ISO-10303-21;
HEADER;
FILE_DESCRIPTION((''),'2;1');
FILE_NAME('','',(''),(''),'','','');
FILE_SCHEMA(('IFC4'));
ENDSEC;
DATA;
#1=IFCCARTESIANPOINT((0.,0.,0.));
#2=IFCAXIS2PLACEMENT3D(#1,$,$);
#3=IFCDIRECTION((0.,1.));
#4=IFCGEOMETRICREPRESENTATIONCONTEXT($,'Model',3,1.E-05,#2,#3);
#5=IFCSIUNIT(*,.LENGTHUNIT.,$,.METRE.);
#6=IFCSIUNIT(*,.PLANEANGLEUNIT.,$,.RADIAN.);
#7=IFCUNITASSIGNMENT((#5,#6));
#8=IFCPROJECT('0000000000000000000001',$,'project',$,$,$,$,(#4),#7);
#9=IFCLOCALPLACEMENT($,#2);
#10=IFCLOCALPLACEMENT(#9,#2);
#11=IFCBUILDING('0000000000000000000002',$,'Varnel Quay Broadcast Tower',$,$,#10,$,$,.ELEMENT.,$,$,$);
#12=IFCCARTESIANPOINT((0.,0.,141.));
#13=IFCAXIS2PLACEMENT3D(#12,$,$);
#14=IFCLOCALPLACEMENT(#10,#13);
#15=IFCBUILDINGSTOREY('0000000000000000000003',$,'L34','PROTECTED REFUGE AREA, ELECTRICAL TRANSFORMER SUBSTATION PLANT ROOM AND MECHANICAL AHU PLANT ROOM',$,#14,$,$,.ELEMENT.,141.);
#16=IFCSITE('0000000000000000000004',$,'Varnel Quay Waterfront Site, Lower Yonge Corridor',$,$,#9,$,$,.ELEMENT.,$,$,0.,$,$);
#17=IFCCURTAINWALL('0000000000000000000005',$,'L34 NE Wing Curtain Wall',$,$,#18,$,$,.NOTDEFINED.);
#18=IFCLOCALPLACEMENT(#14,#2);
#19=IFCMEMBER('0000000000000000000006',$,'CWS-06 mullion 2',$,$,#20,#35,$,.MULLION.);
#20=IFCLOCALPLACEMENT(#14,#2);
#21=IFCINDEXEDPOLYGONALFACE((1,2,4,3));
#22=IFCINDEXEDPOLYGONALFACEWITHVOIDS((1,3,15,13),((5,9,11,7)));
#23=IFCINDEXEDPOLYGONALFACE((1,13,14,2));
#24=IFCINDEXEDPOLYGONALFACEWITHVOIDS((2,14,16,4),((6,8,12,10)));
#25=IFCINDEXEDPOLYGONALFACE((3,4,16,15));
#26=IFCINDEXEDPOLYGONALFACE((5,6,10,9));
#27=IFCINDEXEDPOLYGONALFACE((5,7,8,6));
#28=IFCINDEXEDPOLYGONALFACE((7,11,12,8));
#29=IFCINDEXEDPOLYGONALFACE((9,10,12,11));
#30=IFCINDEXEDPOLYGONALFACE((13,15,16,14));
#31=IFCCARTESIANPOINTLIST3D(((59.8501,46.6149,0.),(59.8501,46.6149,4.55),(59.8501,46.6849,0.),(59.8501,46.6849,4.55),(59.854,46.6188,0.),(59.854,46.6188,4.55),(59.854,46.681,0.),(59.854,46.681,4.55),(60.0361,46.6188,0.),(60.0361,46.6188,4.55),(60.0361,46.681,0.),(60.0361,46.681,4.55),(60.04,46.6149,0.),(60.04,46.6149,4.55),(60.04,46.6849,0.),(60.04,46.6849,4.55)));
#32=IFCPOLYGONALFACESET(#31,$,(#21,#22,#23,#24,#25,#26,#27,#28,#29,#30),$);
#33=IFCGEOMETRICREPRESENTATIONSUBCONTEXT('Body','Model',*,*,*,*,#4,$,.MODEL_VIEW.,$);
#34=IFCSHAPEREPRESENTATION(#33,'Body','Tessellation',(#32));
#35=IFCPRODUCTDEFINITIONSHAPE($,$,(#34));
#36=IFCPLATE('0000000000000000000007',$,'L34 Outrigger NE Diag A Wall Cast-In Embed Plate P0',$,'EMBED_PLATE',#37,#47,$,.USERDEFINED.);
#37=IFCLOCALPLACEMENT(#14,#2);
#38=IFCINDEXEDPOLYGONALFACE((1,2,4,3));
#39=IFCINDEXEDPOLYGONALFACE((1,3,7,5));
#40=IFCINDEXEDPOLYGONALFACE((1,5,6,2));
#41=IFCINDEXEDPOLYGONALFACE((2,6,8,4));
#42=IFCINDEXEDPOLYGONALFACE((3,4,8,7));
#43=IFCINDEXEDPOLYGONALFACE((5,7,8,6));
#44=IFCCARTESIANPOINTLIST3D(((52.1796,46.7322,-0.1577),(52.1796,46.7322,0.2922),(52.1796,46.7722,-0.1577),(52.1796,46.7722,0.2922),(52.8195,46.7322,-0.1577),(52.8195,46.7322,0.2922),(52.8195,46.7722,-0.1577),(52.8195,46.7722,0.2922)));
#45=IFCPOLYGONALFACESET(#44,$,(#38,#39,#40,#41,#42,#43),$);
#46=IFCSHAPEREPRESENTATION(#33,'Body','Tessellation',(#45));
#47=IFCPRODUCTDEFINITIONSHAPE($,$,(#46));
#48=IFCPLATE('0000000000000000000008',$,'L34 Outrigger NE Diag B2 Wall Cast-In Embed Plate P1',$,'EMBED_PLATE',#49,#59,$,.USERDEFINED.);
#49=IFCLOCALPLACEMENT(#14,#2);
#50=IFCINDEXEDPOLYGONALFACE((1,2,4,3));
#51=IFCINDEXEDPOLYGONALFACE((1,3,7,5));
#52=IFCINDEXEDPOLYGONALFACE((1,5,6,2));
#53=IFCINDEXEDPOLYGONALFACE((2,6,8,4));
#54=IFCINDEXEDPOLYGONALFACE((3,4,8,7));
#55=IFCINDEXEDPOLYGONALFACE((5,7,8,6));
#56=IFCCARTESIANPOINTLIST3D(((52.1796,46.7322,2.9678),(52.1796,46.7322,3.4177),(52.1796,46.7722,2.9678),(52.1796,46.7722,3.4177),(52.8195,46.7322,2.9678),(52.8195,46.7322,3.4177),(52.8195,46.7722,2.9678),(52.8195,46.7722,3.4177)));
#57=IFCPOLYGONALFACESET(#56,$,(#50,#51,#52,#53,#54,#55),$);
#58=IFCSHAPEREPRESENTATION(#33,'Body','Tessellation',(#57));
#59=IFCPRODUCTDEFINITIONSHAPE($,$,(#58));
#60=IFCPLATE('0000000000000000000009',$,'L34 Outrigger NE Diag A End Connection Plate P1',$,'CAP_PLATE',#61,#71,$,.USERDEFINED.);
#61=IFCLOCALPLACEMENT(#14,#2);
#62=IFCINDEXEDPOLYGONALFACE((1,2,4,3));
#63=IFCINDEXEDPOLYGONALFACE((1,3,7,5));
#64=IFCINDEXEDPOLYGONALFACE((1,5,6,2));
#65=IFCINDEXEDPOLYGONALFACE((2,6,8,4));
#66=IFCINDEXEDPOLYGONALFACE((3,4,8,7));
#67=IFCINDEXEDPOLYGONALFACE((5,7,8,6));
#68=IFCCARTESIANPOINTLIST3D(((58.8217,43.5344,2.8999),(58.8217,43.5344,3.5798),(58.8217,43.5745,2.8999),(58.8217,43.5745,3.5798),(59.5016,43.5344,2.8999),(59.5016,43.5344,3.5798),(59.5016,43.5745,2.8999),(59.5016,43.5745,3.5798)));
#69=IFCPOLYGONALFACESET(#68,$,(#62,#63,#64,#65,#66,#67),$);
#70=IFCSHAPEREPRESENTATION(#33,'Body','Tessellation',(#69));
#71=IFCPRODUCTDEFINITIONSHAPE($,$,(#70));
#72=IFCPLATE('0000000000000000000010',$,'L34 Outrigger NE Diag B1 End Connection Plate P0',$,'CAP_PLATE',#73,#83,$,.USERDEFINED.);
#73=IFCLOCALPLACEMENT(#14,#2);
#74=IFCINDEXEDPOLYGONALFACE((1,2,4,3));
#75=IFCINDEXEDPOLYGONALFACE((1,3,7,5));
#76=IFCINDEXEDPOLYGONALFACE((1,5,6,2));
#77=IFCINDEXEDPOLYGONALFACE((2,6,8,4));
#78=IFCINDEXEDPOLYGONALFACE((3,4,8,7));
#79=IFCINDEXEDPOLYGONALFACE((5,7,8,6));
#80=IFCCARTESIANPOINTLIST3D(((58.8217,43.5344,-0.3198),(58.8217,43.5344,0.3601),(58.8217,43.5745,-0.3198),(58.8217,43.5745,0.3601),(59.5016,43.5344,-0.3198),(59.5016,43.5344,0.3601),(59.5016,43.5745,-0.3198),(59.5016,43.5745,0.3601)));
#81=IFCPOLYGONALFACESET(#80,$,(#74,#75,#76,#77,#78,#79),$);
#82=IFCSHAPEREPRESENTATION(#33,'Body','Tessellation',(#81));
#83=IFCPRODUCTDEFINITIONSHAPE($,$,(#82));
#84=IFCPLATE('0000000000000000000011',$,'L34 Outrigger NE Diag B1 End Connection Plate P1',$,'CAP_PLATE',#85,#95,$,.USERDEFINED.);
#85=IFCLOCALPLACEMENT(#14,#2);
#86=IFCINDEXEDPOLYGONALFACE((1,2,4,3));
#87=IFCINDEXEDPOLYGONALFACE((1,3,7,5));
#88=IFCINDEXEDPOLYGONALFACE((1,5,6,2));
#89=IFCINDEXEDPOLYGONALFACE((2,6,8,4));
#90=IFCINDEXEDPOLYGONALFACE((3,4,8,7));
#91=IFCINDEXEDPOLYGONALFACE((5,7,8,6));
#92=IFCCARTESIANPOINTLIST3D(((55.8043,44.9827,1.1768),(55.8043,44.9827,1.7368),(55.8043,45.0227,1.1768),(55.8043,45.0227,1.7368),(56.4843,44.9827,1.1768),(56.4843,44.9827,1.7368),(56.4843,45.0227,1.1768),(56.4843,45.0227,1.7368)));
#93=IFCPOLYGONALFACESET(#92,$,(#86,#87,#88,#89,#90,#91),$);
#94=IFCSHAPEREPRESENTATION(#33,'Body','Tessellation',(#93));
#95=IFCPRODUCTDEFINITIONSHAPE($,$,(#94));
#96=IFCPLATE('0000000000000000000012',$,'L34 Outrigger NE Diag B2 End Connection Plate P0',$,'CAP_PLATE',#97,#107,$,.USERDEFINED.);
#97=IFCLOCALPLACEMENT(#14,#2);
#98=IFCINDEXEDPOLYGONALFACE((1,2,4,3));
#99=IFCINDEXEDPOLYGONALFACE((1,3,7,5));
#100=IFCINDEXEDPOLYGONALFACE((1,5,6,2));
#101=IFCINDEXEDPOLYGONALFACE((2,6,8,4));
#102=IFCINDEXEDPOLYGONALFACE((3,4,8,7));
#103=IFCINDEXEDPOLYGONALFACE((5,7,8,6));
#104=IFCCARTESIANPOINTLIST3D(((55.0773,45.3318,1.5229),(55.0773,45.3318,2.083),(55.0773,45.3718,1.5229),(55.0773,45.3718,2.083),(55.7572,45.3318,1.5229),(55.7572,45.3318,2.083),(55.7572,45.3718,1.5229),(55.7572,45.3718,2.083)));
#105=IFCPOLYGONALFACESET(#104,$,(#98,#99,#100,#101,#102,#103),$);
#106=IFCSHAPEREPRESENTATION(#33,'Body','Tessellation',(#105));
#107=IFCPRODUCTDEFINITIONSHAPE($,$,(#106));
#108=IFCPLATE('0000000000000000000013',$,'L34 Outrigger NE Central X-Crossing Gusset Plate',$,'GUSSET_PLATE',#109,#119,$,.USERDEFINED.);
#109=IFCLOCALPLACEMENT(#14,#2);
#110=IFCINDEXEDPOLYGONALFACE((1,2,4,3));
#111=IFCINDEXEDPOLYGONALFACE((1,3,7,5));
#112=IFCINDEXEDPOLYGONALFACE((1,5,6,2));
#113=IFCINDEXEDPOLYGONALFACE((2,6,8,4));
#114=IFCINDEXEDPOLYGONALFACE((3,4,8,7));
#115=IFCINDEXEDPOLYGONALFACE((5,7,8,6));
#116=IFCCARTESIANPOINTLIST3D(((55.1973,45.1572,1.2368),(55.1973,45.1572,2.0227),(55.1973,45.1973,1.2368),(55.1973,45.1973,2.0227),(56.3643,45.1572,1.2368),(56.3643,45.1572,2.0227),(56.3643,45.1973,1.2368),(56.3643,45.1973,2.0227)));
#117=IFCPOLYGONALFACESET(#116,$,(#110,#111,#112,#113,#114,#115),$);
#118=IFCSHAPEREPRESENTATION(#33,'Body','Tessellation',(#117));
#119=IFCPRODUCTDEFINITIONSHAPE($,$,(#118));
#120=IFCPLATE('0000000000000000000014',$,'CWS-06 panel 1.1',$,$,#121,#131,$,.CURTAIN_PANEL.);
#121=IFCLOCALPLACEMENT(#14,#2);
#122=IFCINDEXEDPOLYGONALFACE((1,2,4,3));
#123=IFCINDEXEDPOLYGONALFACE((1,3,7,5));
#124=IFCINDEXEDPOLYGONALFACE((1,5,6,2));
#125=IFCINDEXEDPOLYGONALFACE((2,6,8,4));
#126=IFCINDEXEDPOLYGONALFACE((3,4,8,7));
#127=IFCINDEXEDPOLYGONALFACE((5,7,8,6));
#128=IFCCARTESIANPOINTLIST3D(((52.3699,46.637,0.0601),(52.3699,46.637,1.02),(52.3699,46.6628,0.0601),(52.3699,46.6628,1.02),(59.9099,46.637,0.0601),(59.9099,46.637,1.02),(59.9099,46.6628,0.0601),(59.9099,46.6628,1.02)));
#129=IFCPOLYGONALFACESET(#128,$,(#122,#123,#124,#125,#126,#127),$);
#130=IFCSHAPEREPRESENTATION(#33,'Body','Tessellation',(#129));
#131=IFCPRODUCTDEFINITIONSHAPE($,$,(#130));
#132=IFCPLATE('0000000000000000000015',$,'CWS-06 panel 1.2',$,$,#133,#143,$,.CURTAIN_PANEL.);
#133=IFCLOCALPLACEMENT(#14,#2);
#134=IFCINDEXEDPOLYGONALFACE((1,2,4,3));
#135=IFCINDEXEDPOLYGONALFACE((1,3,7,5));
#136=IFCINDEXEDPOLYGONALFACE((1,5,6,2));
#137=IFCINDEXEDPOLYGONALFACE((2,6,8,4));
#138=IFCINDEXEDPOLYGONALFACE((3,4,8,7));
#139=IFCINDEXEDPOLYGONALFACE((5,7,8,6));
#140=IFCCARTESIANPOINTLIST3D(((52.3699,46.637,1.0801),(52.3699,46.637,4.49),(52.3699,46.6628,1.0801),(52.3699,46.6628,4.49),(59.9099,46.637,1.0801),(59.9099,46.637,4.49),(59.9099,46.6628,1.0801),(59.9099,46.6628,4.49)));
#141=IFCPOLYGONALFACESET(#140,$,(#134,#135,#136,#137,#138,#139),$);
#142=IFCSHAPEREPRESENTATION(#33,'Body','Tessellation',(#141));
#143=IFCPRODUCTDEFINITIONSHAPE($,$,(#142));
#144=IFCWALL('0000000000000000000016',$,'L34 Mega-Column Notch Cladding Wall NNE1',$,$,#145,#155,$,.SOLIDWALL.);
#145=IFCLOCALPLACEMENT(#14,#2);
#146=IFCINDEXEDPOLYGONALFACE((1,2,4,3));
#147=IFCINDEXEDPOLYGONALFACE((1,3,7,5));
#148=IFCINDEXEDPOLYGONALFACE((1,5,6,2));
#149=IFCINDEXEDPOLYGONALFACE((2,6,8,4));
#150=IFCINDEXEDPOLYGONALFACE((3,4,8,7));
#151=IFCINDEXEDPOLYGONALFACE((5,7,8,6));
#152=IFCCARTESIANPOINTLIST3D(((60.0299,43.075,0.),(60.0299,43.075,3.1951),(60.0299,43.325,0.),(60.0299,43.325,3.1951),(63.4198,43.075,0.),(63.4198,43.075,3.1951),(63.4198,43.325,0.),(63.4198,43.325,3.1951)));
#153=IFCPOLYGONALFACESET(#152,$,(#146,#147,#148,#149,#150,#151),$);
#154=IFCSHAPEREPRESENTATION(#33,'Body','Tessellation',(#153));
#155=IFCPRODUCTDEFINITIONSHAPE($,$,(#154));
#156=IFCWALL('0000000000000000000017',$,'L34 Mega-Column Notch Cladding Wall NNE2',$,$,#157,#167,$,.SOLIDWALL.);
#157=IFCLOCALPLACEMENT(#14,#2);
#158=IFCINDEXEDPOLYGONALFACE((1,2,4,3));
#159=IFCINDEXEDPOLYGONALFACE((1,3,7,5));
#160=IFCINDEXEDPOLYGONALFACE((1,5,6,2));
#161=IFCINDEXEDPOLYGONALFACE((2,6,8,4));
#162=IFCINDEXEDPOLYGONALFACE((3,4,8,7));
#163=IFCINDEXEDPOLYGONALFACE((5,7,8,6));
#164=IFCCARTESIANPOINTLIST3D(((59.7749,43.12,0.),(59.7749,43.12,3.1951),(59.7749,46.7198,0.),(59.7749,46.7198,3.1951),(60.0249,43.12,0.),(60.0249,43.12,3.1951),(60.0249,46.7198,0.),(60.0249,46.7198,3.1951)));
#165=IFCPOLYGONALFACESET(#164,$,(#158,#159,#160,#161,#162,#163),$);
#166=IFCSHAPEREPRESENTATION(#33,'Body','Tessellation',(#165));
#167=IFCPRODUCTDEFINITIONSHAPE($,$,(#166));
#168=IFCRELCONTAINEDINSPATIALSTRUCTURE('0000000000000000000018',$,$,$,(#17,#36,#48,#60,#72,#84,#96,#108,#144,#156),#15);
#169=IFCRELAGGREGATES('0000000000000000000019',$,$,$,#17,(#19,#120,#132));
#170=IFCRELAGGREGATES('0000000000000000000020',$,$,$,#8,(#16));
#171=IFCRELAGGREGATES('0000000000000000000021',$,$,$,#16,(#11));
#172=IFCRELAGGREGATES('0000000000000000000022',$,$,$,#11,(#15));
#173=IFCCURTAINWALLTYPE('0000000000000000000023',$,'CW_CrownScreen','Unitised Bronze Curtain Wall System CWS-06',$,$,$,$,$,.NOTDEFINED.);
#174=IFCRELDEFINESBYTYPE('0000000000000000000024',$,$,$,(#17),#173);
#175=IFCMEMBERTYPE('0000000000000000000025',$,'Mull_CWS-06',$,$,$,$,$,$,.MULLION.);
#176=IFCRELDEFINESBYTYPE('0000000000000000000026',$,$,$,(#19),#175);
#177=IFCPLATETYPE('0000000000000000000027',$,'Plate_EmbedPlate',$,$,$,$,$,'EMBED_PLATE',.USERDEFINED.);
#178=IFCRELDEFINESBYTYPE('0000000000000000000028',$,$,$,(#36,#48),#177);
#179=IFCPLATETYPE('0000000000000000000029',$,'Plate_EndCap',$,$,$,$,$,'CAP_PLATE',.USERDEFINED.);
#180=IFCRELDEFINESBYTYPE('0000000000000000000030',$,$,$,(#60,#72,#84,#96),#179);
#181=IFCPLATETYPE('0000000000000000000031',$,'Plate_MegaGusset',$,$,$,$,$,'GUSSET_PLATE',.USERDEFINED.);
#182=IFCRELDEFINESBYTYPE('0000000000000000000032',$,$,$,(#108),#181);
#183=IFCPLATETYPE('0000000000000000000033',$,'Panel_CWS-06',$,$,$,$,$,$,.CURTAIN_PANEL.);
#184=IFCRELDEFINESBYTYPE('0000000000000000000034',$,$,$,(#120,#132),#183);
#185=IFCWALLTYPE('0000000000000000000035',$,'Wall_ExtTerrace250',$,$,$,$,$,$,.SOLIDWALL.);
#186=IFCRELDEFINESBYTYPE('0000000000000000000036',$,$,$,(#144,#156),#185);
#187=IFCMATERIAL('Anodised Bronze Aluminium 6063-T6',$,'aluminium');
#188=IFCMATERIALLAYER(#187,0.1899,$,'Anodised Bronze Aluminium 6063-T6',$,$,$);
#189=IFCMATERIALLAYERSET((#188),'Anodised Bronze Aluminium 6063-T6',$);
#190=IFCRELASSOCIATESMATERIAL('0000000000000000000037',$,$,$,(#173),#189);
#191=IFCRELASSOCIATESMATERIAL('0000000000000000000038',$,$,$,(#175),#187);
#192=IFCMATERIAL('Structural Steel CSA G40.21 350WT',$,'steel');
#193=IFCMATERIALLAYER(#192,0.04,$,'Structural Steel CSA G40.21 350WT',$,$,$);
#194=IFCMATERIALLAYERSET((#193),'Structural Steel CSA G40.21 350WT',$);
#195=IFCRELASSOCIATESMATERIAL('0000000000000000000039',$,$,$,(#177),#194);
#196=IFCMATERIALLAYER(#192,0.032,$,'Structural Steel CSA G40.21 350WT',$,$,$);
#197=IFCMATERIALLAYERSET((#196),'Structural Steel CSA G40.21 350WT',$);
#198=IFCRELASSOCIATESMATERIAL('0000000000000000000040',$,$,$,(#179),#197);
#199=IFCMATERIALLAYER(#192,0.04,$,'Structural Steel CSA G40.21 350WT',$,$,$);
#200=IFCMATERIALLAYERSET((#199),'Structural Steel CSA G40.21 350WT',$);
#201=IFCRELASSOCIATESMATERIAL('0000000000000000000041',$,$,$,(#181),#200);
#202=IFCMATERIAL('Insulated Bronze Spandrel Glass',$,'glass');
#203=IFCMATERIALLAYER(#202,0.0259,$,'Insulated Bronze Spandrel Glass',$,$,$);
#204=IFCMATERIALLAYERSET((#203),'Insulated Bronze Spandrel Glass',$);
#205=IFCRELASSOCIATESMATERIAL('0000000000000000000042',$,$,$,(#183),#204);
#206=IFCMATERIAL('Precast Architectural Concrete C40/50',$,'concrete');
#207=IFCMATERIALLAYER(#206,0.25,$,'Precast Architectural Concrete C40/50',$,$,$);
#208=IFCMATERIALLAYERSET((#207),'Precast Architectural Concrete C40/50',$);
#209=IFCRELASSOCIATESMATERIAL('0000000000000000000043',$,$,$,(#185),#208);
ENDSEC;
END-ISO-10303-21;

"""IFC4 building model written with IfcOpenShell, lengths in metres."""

from ifc_helpers import new_model, si_unit, direction, frame, frame_2d, origin, origin_2d, place, context, subcontext, project, spatial, rectangle, hollow_rectangle, extrude, source, transform, mapped, material, layer, layer_set, material_profile, profile_set, type_object, type_shapes, element, aggregate, save


model = new_model("IFC4")

# Units and contexts
model_context = context("Model", 3, precision=1e-05, world=origin(), true_north=direction((0.0, 1.0)))
body_context = subcontext(model_context, "Body", "Model", "MODEL_VIEW")
ifc_project = project(units=[si_unit("LENGTHUNIT", "METRE"), si_unit("PLANEANGLEUNIT", "RADIAN")], contexts=[model_context])

# Site, building, storey
site_placement = place(None, origin())
site = spatial("IfcSite", under=ifc_project, at=site_placement, Name="Varnel Quay Waterfront Site, Lower Yonge Corridor", CompositionType="ELEMENT", RefElevation=0.0)
building_placement = place(site_placement, origin())
building = spatial("IfcBuilding", under=site, at=building_placement, Name="Varnel Quay Broadcast Tower", CompositionType="ELEMENT")
storey_placement = place(building_placement, frame((0.0, 0.0, 141.0)))
storey = spatial("IfcBuildingStorey", under=building, at=storey_placement, Name="L34", Description="PROTECTED REFUGE AREA, ELECTRICAL TRANSFORMER SUBSTATION PLANT ROOM AND MECHANICAL AHU PLANT ROOM", CompositionType="ELEMENT", Elevation=141.0)

# Shared definitions
ifc_material_1 = material(Name="Structural Steel CSA G40.21 350WT", Category="steel")

# Curtain wall, member
ifc_material_2 = material(Name="Anodised Bronze Aluminium 6063-T6", Category="aluminium")
ifc_layer_1 = layer(ifc_material_2, 0.1899, Name="Anodised Bronze Aluminium 6063-T6")
ifc_layer_set_1 = layer_set([ifc_layer_1], Name="Anodised Bronze Aluminium 6063-T6")
curtain_wall_type_1 = type_object("IfcCurtainWallType", Name="CW_CrownScreen", Description="Unitised Bronze Curtain Wall System CWS-06", PredefinedType="NOTDEFINED", material=ifc_layer_set_1)
curtain_wall_1_placement = place(storey_placement, origin())
curtain_wall_1 = element("IfcCurtainWall", 1, at=curtain_wall_1_placement, inside=storey, type_object=curtain_wall_type_1, Name="L34 NE Wing Curtain Wall", PredefinedType="NOTDEFINED")
ifc_material_profile_1 = material_profile(ifc_material_2, hollow_rectangle(XDim=0.0701, YDim=0.1899, WallThickness=0.0039, at=origin_2d()), Name="ALU70X190X4")
ifc_profile_set_1 = profile_set([ifc_material_profile_1], Name="Anodised Bronze Aluminium 6063-T6")
member_type_1 = type_object("IfcMemberType", Name="Mull_CWS-06", PredefinedType="MULLION", material=ifc_profile_set_1)
shared_shape_1 = source(origin(), body_context, "Body", "SweptSolid", [
    extrude(hollow_rectangle(XDim=0.0701, YDim=0.1899, WallThickness=0.0039, at=origin_2d()), origin(), (0.0, 0.0, 1.0), 4.55),
])
type_shapes(member_type_1, [shared_shape_1])
member_1_placement = place(storey_placement, frame((59.9451, 46.6499, 0.0), z_axis=(0.0, 0.0, 1.0), x_axis=(0.0, 1.0, 0.0)))
member_1 = element("IfcMember", 2, at=member_1_placement, type_object=member_type_1, Name="CWS-06 mullion 2", PredefinedType="MULLION", context=body_context, shape_type="MappedRepresentation", body=[
    mapped(shared_shape_1, transform((0.0, 0.0, 0.0), x_axis=(1.0, 0.0, 0.0), y_axis=(0.0, 1.0, 0.0), z_axis=(0.0, 0.0, 1.0), scale=1.0)),
])

# Plates
ifc_layer_2 = layer(ifc_material_1, 0.04, Name="Structural Steel CSA G40.21 350WT")
ifc_layer_set_2 = layer_set([ifc_layer_2], Name="Structural Steel CSA G40.21 350WT")
plate_type_1 = type_object("IfcPlateType", Name="Plate_EmbedPlate", ElementType="EMBED_PLATE", PredefinedType="USERDEFINED", material=ifc_layer_set_2)
shared_shape_2 = source(origin(), body_context, "Body", "SweptSolid", [
    extrude(rectangle(XDim=0.6399, YDim=0.04, at=origin_2d()), origin(), (0.0, 0.0, 1.0), 0.45),
])
type_shapes(plate_type_1, [shared_shape_2])
for number, where, z_axis, x_axis, name in (
    (3, (52.4995, 46.7522, -0.1577), (0.0, 0.0, 1.0), (1.0, 0.0, 0.0), "L34 Outrigger NE Diag A Wall Cast-In Embed Plate P0"),
    (4, (52.4995, 46.7522, 2.9678), (0.0, 0.0, 1.0), (1.0, 0.0, 0.0), "L34 Outrigger NE Diag B2 Wall Cast-In Embed Plate P1"),
):
    element("IfcPlate", number, at=place(storey_placement, frame(where, z_axis=z_axis, x_axis=x_axis)), inside=storey, type_object=plate_type_1, Name=name, ObjectType="EMBED_PLATE", PredefinedType="USERDEFINED", context=body_context, shape_type="MappedRepresentation", body=[
        mapped(shared_shape_2, transform((0.0, 0.0, 0.0), x_axis=(1.0, 0.0, 0.0), y_axis=(0.0, 1.0, 0.0), z_axis=(0.0, 0.0, 1.0), scale=1.0)),
    ])
ifc_layer_3 = layer(ifc_material_1, 0.032, Name="Structural Steel CSA G40.21 350WT")
ifc_layer_set_3 = layer_set([ifc_layer_3], Name="Structural Steel CSA G40.21 350WT")
plate_type_2 = type_object("IfcPlateType", Name="Plate_EndCap", ElementType="CAP_PLATE", PredefinedType="USERDEFINED", material=ifc_layer_set_3)
shared_shape_3 = source(origin(), body_context, "Body", "SweptSolid", [
    extrude(rectangle(XDim=0.6799, YDim=0.04, at=origin_2d()), origin(), (0.0, 0.0, 1.0), 0.6799),
])
for number, where, z_axis, x_axis, name in (
    (5, (59.1616, 43.5544, 2.8999), (0.0, 0.0, 1.0), (1.0, 0.0, 0.0), "L34 Outrigger NE Diag A End Connection Plate P1"),
    (6, (59.1616, 43.5544, -0.3198), (0.0, 0.0, 1.0), (1.0, 0.0, 0.0), "L34 Outrigger NE Diag B1 End Connection Plate P0"),
):
    element("IfcPlate", number, at=place(storey_placement, frame(where, z_axis=z_axis, x_axis=x_axis)), inside=storey, type_object=plate_type_2, Name=name, ObjectType="CAP_PLATE", PredefinedType="USERDEFINED", context=body_context, shape_type="MappedRepresentation", body=[
        mapped(shared_shape_3, transform((0.0, 0.0, 0.0), x_axis=(1.0, 0.0, 0.0), y_axis=(0.0, 1.0, 0.0), z_axis=(0.0, 0.0, 1.0), scale=1.0)),
    ])
shared_shape_4 = source(origin(), body_context, "Body", "SweptSolid", [
    extrude(rectangle(XDim=0.6799, YDim=0.04, at=origin_2d()), origin(), (0.0, 0.0, 1.0), 0.5601),
])
type_shapes(plate_type_2, [shared_shape_3, shared_shape_4])
for number, where, z_axis, x_axis, name in (
    (7, (56.1443, 45.0027, 1.1768), (0.0, 0.0, 1.0), (1.0, 0.0, 0.0), "L34 Outrigger NE Diag B1 End Connection Plate P1"),
    (8, (55.4172, 45.3518, 1.5229), (0.0, 0.0, 1.0), (1.0, 0.0, 0.0), "L34 Outrigger NE Diag B2 End Connection Plate P0"),
):
    element("IfcPlate", number, at=place(storey_placement, frame(where, z_axis=z_axis, x_axis=x_axis)), inside=storey, type_object=plate_type_2, Name=name, ObjectType="CAP_PLATE", PredefinedType="USERDEFINED", context=body_context, shape_type="MappedRepresentation", body=[
        mapped(shared_shape_4, transform((0.0, 0.0, 0.0), x_axis=(1.0, 0.0, 0.0), y_axis=(0.0, 1.0, 0.0), z_axis=(0.0, 0.0, 1.0), scale=1.0)),
    ])
ifc_layer_4 = layer(ifc_material_1, 0.04, Name="Structural Steel CSA G40.21 350WT")
ifc_layer_set_4 = layer_set([ifc_layer_4], Name="Structural Steel CSA G40.21 350WT")
plate_type_3 = type_object("IfcPlateType", Name="Plate_MegaGusset", ElementType="GUSSET_PLATE", PredefinedType="USERDEFINED", material=ifc_layer_set_4)
shared_shape_5 = source(origin(), body_context, "Body", "SweptSolid", [
    extrude(rectangle(XDim=1.167, YDim=0.04, at=origin_2d()), origin(), (0.0, 0.0, 1.0), 0.7859),
])
type_shapes(plate_type_3, [shared_shape_5])
plate_1_placement = place(storey_placement, frame((55.7808, 45.1772, 1.2368), z_axis=(0.0, 0.0, 1.0), x_axis=(1.0, 0.0, 0.0)))
element("IfcPlate", 9, at=plate_1_placement, inside=storey, type_object=plate_type_3, Name="L34 Outrigger NE Central X-Crossing Gusset Plate", ObjectType="GUSSET_PLATE", PredefinedType="USERDEFINED", context=body_context, shape_type="MappedRepresentation", body=[
    mapped(shared_shape_5, transform((0.0, 0.0, 0.0), x_axis=(1.0, 0.0, 0.0), y_axis=(0.0, 1.0, 0.0), z_axis=(0.0, 0.0, 1.0), scale=1.0)),
])

# Plates
ifc_material_3 = material(Name="Insulated Bronze Spandrel Glass", Category="glass")
ifc_layer_5 = layer(ifc_material_3, 0.0259, Name="Insulated Bronze Spandrel Glass")
ifc_layer_set_5 = layer_set([ifc_layer_5], Name="Insulated Bronze Spandrel Glass")
plate_type_4 = type_object("IfcPlateType", Name="Panel_CWS-06", PredefinedType="CURTAIN_PANEL", material=ifc_layer_set_5)
shared_shape_6 = source(origin(), body_context, "Body", "SweptSolid", [
    extrude(rectangle(XDim=7.54, YDim=0.0259, at=origin_2d()), origin(), (0.0, 0.0, 1.0), 0.96),
])
plate_2_placement = place(storey_placement, frame((56.1399, 46.6499, 0.0601), z_axis=(0.0, 0.0, 1.0), x_axis=(1.0, 0.0, 0.0)))
plate_2 = element("IfcPlate", 10, at=plate_2_placement, type_object=plate_type_4, Name="CWS-06 panel 1.1", PredefinedType="CURTAIN_PANEL", context=body_context, shape_type="MappedRepresentation", body=[
    mapped(shared_shape_6, transform((0.0, 0.0, 0.0), x_axis=(1.0, 0.0, 0.0), y_axis=(0.0, 1.0, 0.0), z_axis=(0.0, 0.0, 1.0), scale=1.0)),
])
shared_shape_7 = source(origin(), body_context, "Body", "SweptSolid", [
    extrude(rectangle(XDim=7.54, YDim=0.0259, at=origin_2d()), origin(), (0.0, 0.0, 1.0), 3.4099),
])
type_shapes(plate_type_4, [shared_shape_6, shared_shape_7])
plate_3_placement = place(storey_placement, frame((56.1399, 46.6499, 1.0801), z_axis=(0.0, 0.0, 1.0), x_axis=(1.0, 0.0, 0.0)))
plate_3 = element("IfcPlate", 11, at=plate_3_placement, type_object=plate_type_4, Name="CWS-06 panel 1.2", PredefinedType="CURTAIN_PANEL", context=body_context, shape_type="MappedRepresentation", body=[
    mapped(shared_shape_7, transform((0.0, 0.0, 0.0), x_axis=(1.0, 0.0, 0.0), y_axis=(0.0, 1.0, 0.0), z_axis=(0.0, 0.0, 1.0), scale=1.0)),
])
aggregate(curtain_wall_1, [member_1, plate_2, plate_3])

# Walls
ifc_material_4 = material(Name="Precast Architectural Concrete C40/50", Category="concrete")
ifc_layer_6 = layer(ifc_material_4, 0.25, Name="Precast Architectural Concrete C40/50")
ifc_layer_set_6 = layer_set([ifc_layer_6], Name="Precast Architectural Concrete C40/50")
wall_type = type_object("IfcWallType", Name="Wall_ExtTerrace250", PredefinedType="SOLIDWALL", material=ifc_layer_set_6)
wall_1_placement = place(storey_placement, frame((60.03, 43.2, 0.0), z_axis=(0.0, 0.0, 1.0), x_axis=(1.0, 0.0, 0.0)))
element("IfcWall", 12, at=wall_1_placement, inside=storey, type_object=wall_type, Name="L34 Mega-Column Notch Cladding Wall NNE1", PredefinedType="SOLIDWALL", context=body_context, shape_type="SweptSolid", body=[
    extrude(rectangle(XDim=3.3899, YDim=0.25, at=frame_2d((1.6948, 0.0))), origin(), (0.0, 0.0, 1.0), 3.1951),
])
wall_2_placement = place(storey_placement, frame((59.8999, 43.1201, 0.0), z_axis=(0.0, 0.0, 1.0), x_axis=(0.0, 1.0, 0.0)))
element("IfcWall", 13, at=wall_2_placement, inside=storey, type_object=wall_type, Name="L34 Mega-Column Notch Cladding Wall NNE2", PredefinedType="SOLIDWALL", context=body_context, shape_type="SweptSolid", body=[
    extrude(rectangle(XDim=3.5999, YDim=0.25, at=frame_2d((1.7998, 0.0))), origin(), (0.0, 0.0, 1.0), 3.1951),
])

save(model, "model.ifc")
